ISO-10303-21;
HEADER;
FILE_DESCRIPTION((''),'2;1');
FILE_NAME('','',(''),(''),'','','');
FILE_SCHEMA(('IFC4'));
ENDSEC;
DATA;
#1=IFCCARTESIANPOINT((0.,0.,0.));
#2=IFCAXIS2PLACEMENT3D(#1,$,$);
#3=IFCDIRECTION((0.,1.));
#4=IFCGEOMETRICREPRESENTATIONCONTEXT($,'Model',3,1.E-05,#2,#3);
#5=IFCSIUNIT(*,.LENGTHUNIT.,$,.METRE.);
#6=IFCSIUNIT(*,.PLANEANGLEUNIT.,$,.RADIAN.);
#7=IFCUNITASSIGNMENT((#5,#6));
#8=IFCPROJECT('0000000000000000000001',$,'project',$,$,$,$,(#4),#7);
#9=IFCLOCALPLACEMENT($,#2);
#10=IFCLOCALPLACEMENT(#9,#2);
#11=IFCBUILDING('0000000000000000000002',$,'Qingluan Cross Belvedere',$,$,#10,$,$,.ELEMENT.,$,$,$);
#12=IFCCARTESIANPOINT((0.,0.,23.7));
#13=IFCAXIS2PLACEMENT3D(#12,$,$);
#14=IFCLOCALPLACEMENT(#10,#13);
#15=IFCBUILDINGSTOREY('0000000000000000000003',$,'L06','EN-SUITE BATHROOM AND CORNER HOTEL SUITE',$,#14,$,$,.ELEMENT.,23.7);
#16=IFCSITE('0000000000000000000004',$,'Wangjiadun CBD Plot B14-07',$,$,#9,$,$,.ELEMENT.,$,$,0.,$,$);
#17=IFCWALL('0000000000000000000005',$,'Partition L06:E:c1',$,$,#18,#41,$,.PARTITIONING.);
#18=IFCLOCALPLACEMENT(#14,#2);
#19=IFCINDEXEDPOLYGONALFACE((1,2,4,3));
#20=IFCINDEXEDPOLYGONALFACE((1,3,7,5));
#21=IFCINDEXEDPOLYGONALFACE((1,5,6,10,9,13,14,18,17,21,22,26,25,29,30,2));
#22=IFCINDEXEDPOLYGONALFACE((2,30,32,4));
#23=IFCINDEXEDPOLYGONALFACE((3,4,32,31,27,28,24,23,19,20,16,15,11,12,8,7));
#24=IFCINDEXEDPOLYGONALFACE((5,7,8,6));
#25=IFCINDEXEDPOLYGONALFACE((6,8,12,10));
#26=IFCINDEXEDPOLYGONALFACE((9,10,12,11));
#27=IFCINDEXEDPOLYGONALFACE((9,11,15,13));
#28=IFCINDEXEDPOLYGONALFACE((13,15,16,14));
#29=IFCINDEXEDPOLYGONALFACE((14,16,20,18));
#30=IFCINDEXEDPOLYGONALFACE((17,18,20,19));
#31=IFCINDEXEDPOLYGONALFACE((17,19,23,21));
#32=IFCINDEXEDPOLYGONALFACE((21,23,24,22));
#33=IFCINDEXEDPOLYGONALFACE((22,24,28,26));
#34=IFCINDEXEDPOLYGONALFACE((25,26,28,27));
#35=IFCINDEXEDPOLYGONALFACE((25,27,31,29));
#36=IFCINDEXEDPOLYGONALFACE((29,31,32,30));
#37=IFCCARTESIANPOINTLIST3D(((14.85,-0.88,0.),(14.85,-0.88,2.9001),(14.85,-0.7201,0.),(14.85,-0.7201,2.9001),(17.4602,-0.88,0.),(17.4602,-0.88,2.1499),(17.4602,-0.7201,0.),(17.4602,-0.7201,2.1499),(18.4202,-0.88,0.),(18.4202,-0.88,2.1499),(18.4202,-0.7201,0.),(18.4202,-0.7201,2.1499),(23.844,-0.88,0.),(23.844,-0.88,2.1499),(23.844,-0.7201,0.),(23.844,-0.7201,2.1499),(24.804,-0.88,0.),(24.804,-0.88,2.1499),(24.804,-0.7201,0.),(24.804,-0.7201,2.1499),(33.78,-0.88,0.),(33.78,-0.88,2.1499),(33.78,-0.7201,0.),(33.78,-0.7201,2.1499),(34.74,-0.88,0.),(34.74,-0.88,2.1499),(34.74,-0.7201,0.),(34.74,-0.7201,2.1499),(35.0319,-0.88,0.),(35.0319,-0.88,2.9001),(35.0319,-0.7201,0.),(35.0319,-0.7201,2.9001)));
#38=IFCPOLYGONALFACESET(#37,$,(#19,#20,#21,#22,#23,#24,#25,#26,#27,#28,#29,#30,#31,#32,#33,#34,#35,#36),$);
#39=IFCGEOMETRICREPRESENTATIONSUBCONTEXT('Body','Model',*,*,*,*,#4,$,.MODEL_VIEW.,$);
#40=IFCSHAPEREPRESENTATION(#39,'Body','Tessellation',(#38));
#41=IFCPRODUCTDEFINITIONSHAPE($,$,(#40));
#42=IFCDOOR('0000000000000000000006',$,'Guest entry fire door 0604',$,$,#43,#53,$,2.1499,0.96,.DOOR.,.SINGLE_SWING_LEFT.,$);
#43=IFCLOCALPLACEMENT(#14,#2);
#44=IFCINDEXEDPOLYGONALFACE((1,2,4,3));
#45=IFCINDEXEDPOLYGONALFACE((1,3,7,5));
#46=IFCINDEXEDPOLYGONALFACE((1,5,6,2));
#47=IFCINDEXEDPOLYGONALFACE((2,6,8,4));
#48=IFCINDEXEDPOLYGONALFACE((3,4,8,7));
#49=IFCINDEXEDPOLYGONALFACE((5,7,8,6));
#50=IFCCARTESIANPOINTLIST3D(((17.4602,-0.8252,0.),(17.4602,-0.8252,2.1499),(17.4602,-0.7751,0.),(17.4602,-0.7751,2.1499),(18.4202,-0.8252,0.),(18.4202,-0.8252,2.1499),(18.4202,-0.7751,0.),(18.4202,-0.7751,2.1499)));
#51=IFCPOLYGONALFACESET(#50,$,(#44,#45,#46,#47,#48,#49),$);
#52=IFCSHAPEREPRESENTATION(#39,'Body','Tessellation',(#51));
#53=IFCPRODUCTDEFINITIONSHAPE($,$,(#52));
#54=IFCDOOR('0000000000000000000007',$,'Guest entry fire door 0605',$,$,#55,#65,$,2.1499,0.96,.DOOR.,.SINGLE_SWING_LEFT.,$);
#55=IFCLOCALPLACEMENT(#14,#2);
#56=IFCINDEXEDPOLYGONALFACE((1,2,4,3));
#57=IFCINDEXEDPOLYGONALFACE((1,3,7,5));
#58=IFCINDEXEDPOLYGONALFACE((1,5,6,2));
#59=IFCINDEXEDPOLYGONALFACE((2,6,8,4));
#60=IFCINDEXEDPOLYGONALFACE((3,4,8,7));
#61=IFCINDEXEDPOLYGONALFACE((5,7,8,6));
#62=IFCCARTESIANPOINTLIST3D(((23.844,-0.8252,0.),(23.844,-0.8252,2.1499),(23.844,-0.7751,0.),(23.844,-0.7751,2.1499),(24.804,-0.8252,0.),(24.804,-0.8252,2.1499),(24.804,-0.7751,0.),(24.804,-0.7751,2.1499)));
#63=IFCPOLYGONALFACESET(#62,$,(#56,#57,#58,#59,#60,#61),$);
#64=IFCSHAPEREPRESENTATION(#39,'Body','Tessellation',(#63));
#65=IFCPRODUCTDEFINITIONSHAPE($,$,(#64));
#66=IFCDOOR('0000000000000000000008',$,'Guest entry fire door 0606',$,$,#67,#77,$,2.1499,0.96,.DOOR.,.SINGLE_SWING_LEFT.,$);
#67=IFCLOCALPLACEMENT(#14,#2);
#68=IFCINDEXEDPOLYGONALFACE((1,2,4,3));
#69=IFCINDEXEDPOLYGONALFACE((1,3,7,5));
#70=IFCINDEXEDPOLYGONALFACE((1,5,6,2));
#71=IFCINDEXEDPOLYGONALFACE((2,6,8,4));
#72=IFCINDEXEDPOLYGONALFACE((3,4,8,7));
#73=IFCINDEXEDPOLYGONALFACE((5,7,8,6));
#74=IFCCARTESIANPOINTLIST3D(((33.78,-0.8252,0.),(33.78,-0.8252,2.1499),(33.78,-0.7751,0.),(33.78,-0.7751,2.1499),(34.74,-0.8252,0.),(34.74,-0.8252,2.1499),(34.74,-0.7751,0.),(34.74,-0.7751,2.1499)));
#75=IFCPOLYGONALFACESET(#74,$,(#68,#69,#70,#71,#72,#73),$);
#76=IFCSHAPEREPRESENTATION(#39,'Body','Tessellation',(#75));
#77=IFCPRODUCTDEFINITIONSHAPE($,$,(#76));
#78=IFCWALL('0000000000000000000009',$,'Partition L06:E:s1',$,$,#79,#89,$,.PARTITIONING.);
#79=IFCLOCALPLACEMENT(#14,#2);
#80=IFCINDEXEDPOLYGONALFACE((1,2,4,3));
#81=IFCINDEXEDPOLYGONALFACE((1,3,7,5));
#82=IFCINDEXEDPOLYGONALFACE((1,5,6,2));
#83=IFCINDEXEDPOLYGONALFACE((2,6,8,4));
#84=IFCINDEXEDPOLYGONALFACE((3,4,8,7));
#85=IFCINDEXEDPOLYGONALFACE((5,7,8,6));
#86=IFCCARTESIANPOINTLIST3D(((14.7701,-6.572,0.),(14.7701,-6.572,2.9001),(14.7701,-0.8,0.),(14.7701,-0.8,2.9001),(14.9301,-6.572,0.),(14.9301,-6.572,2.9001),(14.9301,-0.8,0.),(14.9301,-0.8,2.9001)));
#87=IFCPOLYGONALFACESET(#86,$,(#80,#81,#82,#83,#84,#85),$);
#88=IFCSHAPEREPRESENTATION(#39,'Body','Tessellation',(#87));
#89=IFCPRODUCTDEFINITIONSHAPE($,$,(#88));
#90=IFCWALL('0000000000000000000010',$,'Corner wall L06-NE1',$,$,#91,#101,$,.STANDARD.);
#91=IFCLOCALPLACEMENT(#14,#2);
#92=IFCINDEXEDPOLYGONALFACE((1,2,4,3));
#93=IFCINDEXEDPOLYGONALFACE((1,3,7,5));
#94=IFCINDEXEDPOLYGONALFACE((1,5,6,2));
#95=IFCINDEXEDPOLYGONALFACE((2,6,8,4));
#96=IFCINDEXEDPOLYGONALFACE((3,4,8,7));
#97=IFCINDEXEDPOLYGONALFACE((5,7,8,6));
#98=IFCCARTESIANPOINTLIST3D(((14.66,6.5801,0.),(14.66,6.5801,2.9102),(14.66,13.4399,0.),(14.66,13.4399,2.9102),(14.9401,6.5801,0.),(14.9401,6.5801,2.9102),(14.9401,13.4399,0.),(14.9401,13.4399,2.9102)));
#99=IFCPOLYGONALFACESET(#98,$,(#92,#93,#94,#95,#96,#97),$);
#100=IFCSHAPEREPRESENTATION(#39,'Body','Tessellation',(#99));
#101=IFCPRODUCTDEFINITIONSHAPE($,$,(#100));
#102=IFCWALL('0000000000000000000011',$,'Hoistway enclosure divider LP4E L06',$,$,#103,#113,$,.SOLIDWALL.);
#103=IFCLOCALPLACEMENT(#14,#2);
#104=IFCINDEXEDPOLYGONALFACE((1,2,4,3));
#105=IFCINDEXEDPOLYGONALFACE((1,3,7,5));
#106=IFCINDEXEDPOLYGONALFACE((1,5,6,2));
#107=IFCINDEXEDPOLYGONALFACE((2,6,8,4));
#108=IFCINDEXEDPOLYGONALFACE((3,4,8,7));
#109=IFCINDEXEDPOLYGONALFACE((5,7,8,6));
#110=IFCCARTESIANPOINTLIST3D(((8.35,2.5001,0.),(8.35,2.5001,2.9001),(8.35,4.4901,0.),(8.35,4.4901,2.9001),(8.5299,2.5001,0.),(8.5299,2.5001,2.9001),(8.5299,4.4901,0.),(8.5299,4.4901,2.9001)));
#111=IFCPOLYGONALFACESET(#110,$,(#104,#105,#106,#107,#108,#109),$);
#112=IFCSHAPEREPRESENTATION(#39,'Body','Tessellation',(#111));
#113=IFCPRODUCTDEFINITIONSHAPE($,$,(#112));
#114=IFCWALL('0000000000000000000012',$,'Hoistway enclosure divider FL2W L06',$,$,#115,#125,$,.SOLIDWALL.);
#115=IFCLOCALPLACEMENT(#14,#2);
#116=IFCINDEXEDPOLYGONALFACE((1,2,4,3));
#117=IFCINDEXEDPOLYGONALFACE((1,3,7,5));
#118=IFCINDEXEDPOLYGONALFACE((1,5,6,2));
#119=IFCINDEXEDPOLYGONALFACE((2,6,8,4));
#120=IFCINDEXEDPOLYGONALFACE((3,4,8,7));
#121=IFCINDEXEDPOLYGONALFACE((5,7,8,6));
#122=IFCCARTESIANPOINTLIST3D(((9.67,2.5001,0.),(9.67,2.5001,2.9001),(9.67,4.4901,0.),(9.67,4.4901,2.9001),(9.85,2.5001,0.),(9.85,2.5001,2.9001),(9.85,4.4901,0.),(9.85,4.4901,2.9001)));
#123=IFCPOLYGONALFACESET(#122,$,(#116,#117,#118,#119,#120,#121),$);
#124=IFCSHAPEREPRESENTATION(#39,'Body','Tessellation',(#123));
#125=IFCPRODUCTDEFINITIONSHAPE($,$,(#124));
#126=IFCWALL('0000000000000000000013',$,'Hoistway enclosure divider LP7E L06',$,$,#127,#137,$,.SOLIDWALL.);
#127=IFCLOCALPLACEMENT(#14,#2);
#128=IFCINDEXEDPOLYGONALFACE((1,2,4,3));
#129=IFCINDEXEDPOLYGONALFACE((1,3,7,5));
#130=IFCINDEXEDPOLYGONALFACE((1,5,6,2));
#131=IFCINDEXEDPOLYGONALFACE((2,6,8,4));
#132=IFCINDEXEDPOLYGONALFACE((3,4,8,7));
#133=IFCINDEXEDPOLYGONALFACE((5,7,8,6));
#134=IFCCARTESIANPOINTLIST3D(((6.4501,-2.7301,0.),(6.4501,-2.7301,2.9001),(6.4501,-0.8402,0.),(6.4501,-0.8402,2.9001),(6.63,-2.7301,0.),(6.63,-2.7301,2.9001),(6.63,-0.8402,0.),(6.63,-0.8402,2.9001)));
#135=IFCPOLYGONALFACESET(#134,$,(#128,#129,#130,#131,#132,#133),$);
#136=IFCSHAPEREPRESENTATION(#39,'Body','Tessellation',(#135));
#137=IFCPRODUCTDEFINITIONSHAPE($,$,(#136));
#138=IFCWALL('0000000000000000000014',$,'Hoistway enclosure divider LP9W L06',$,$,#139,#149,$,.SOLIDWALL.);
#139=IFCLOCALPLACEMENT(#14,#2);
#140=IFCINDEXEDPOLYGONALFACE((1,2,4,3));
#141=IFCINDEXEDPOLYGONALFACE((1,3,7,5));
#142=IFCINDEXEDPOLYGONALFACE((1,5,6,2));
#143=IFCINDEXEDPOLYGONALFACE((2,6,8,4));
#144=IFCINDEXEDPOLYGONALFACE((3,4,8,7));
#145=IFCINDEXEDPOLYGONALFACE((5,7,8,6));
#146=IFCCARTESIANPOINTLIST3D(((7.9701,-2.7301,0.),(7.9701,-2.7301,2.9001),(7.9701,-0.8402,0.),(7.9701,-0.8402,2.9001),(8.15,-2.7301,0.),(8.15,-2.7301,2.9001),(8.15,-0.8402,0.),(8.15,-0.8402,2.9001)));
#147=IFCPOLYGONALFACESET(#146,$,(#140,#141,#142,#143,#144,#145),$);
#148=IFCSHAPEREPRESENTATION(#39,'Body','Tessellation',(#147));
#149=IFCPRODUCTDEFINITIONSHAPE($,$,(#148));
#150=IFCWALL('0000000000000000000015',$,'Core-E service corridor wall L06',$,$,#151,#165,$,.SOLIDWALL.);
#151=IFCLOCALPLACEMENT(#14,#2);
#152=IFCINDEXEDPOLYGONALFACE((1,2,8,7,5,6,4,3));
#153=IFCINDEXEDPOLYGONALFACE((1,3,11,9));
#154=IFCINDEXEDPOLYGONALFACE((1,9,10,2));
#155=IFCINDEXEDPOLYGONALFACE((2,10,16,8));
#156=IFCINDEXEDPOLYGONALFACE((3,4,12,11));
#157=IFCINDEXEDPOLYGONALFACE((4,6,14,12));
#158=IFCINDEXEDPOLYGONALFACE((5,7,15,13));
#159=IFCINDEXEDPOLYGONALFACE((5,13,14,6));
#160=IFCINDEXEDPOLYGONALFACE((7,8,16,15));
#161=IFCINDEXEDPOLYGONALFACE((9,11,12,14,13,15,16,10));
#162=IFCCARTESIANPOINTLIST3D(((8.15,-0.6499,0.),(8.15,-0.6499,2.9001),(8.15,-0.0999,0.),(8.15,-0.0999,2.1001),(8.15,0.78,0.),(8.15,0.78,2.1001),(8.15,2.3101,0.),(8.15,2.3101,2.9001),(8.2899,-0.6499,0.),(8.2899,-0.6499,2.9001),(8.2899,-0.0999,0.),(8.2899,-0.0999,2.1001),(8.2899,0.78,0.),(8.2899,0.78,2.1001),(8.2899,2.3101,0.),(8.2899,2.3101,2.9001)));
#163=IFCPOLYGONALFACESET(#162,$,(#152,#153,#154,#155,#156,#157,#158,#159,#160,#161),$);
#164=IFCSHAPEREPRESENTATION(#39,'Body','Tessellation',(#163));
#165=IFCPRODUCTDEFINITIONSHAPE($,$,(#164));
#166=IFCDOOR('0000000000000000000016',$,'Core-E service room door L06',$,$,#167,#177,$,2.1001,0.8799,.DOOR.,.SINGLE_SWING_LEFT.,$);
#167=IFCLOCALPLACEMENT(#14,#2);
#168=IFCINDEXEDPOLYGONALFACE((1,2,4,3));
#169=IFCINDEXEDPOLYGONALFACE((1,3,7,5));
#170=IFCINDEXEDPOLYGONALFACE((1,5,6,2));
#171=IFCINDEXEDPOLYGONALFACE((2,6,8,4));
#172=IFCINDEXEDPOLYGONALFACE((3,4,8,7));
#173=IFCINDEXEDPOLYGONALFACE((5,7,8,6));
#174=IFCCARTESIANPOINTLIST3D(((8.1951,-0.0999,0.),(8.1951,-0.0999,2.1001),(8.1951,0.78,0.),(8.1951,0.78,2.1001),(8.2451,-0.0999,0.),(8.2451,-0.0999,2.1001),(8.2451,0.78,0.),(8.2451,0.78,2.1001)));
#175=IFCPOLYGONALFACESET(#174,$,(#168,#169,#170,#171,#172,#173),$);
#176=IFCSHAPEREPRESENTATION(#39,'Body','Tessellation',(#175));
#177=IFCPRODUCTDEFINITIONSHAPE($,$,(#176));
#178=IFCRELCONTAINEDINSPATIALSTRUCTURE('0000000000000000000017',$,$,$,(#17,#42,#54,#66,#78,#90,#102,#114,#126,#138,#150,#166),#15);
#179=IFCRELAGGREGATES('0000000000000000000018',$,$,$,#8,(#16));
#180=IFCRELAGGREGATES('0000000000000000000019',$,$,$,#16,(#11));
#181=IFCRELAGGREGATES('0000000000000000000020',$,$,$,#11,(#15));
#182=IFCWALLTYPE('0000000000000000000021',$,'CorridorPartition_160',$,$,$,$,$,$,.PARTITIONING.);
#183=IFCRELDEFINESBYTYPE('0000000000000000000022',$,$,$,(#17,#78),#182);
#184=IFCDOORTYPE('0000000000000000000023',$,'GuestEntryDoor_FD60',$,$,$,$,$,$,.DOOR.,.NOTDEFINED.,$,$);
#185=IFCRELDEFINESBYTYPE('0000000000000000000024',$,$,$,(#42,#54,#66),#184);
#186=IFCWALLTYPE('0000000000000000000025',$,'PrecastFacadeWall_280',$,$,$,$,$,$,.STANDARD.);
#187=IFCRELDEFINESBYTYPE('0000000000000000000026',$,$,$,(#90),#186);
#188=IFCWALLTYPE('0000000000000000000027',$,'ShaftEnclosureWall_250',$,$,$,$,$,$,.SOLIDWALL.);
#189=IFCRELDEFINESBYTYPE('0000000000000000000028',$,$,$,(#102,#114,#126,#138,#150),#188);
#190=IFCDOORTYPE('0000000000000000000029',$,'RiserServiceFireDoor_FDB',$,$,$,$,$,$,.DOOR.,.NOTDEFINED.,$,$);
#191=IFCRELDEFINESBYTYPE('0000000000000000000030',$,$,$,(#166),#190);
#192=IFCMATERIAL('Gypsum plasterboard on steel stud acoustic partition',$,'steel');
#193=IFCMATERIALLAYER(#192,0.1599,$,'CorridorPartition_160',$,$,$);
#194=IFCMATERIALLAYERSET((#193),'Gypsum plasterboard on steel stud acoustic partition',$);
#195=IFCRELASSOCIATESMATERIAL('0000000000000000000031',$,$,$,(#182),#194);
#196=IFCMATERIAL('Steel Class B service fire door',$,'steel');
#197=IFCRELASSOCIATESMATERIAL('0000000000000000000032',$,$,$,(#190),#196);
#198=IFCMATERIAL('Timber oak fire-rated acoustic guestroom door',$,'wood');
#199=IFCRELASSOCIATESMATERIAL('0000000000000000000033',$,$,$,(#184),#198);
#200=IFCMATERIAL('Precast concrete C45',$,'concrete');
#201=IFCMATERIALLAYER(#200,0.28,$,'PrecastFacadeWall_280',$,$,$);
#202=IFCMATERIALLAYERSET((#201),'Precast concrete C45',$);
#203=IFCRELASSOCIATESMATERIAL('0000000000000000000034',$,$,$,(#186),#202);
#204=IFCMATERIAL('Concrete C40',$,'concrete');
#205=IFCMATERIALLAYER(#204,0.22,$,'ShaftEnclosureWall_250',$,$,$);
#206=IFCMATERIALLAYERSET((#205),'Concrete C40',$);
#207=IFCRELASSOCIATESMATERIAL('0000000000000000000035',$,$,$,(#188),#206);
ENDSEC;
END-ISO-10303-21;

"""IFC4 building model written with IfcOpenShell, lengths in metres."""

from ifc_helpers import new_model, si_unit, direction, frame, frame_2d, origin, place, context, subcontext, project, spatial, rectangle, extrude, material, layer, layer_set, type_object, element, fill, save


model = new_model("IFC4")

# Units and contexts
model_context = context("Model", 3, precision=1e-05, world=origin(), true_north=direction((0.0, 1.0)))
body_context = subcontext(model_context, "Body", "Model", "MODEL_VIEW")
ifc_project = project(units=[si_unit("LENGTHUNIT", "METRE"), si_unit("PLANEANGLEUNIT", "RADIAN")], contexts=[model_context])

# Site, building, storey
site_placement = place(None, origin())
site = spatial("IfcSite", under=ifc_project, at=site_placement, Name="Wangjiadun CBD Plot B14-07", CompositionType="ELEMENT", RefElevation=0.0)
building_placement = place(site_placement, origin())
building = spatial("IfcBuilding", under=site, at=building_placement, Name="Qingluan Cross Belvedere", CompositionType="ELEMENT")
storey_placement = place(building_placement, frame((0.0, 0.0, 23.7)))
storey = spatial("IfcBuildingStorey", under=building, at=storey_placement, Name="L06", Description="EN-SUITE BATHROOM AND CORNER HOTEL SUITE", CompositionType="ELEMENT", Elevation=23.7)

# Shared definitions
ifc_material_1 = material(Name="Gypsum plasterboard on steel stud acoustic partition", Category="steel")
ifc_layer_1 = layer(ifc_material_1, 0.1599, Name="CorridorPartition_160")
ifc_layer_set_1 = layer_set([ifc_layer_1], Name="Gypsum plasterboard on steel stud acoustic partition")
wall_type_1 = type_object("IfcWallType", Name="CorridorPartition_160", PredefinedType="PARTITIONING", material=ifc_layer_set_1)
ifc_material_2 = material(Name="Steel Class B service fire door", Category="steel")
door_type_1 = type_object("IfcDoorType", Name="RiserServiceFireDoor_FDB", OperationType="NOTDEFINED", PredefinedType="DOOR", material=ifc_material_2)

# Wall, openings, doors
wall_1_placement = place(storey_placement, frame((14.8501, -0.8, 0.0), z_axis=(0.0, 0.0, 1.0), x_axis=(1.0, 0.0, 0.0)))
wall_1 = element("IfcWall", 1, at=wall_1_placement, inside=storey, type_object=wall_type_1, Name="Partition L06:E:c1", PredefinedType="PARTITIONING", context=body_context, shape_type="SweptSolid", body=[
    extrude(rectangle(XDim=20.1819, YDim=0.1599, at=frame_2d((10.0908, 0.0))), origin(), (0.0, 0.0, 1.0), 2.9001),
])
opening_1_placement = place(wall_1_placement, frame((2.6101, 0.0, 0.0)))
opening_1 = element("IfcOpeningElement", 2, at=opening_1_placement, cuts=wall_1, PredefinedType="OPENING", context=body_context, shape_type="SweptSolid", body=[
    extrude(rectangle(XDim=0.96, YDim=2.1499, at=frame_2d((0.48, 1.075))), frame((0.0, 0.0898, 0.0), z_axis=(0.0, -1.0, 0.0), x_axis=(1.0, 0.0, 0.0)), (0.0, 0.0, 1.0), 0.1799),
])
opening_2_placement = place(wall_1_placement, frame((8.9939, 0.0, 0.0)))
opening_2 = element("IfcOpeningElement", 3, at=opening_2_placement, cuts=wall_1, PredefinedType="OPENING", context=body_context, shape_type="SweptSolid", body=[
    extrude(rectangle(XDim=0.96, YDim=2.1499, at=frame_2d((0.48, 1.075))), frame((0.0, 0.0898, 0.0), z_axis=(0.0, -1.0, 0.0), x_axis=(1.0, 0.0, 0.0)), (0.0, 0.0, 1.0), 0.1799),
])
opening_3_placement = place(wall_1_placement, frame((18.9299, 0.0, 0.0)))
opening_3 = element("IfcOpeningElement", 4, at=opening_3_placement, cuts=wall_1, PredefinedType="OPENING", context=body_context, shape_type="SweptSolid", body=[
    extrude(rectangle(XDim=0.96, YDim=2.1499, at=frame_2d((0.48, 1.075))), frame((0.0, 0.0898, 0.0), z_axis=(0.0, -1.0, 0.0), x_axis=(1.0, 0.0, 0.0)), (0.0, 0.0, 1.0), 0.1799),
])
ifc_material_3 = material(Name="Timber oak fire-rated acoustic guestroom door", Category="wood")
door_type_2 = type_object("IfcDoorType", Name="GuestEntryDoor_FD60", OperationType="NOTDEFINED", PredefinedType="DOOR", material=ifc_material_3)
door_1_placement = place(opening_1_placement, origin())
door_1 = element("IfcDoor", 5, at=door_1_placement, inside=storey, type_object=door_type_2, Name="Guest entry fire door 0604", OperationType="SINGLE_SWING_LEFT", OverallHeight=2.1499, OverallWidth=0.96, PredefinedType="DOOR", context=body_context, shape_type="SweptSolid", body=[
    extrude(rectangle(XDim=0.96, YDim=2.1499, at=frame_2d((0.48, 1.075))), frame((0.0, 0.0249, 0.0), z_axis=(0.0, -1.0, 0.0), x_axis=(1.0, 0.0, 0.0)), (0.0, 0.0, 1.0), 0.05),
])
fill(opening_1, door_1)
door_2_placement = place(opening_2_placement, origin())
door_2 = element("IfcDoor", 6, at=door_2_placement, inside=storey, type_object=door_type_2, Name="Guest entry fire door 0605", OperationType="SINGLE_SWING_LEFT", OverallHeight=2.1499, OverallWidth=0.96, PredefinedType="DOOR", context=body_context, shape_type="SweptSolid", body=[
    extrude(rectangle(XDim=0.96, YDim=2.1499, at=frame_2d((0.48, 1.075))), frame((0.0, 0.0249, 0.0), z_axis=(0.0, -1.0, 0.0), x_axis=(1.0, 0.0, 0.0)), (0.0, 0.0, 1.0), 0.05),
])
fill(opening_2, door_2)
door_3_placement = place(opening_3_placement, origin())
door_3 = element("IfcDoor", 7, at=door_3_placement, inside=storey, type_object=door_type_2, Name="Guest entry fire door 0606", OperationType="SINGLE_SWING_LEFT", OverallHeight=2.1499, OverallWidth=0.96, PredefinedType="DOOR", context=body_context, shape_type="SweptSolid", body=[
    extrude(rectangle(XDim=0.96, YDim=2.1499, at=frame_2d((0.48, 1.075))), frame((0.0, 0.0249, 0.0), z_axis=(0.0, -1.0, 0.0), x_axis=(1.0, 0.0, 0.0)), (0.0, 0.0, 1.0), 0.05),
])
fill(opening_3, door_3)

# Walls
wall_2_placement = place(storey_placement, frame((14.8501, -0.8, 0.0), z_axis=(0.0, 0.0, 1.0), x_axis=(0.0, -1.0, 0.0)))
element("IfcWall", 8, at=wall_2_placement, inside=storey, type_object=wall_type_1, Name="Partition L06:E:s1", PredefinedType="PARTITIONING", context=body_context, shape_type="SweptSolid", body=[
    extrude(rectangle(XDim=5.772, YDim=0.1599, at=frame_2d((2.886, 0.0))), origin(), (0.0, 0.0, 1.0), 2.9001),
])
ifc_material_4 = material(Name="Precast concrete C45", Category="concrete")
ifc_layer_2 = layer(ifc_material_4, 0.28, Name="PrecastFacadeWall_280")
ifc_layer_set_2 = layer_set([ifc_layer_2], Name="Precast concrete C45")
wall_type_2 = type_object("IfcWallType", Name="PrecastFacadeWall_280", PredefinedType="STANDARD", material=ifc_layer_set_2)
wall_3_placement = place(storey_placement, frame((14.8, 6.5801, 0.0), z_axis=(0.0, 0.0, 1.0), x_axis=(0.0, 1.0, 0.0)))
element("IfcWall", 9, at=wall_3_placement, inside=storey, type_object=wall_type_2, Name="Corner wall L06-NE1", PredefinedType="STANDARD", context=body_context, shape_type="SweptSolid", body=[
    extrude(rectangle(XDim=6.8599, YDim=0.28, at=frame_2d((3.4299, 0.0))), origin(), (0.0, 0.0, 1.0), 2.9102),
])

# Shared definitions
ifc_material_5 = material(Name="Concrete C40", Category="concrete")
ifc_layer_3 = layer(ifc_material_5, 0.22, Name="ShaftEnclosureWall_250")
ifc_layer_set_3 = layer_set([ifc_layer_3], Name="Concrete C40")
wall_type_3 = type_object("IfcWallType", Name="ShaftEnclosureWall_250", PredefinedType="SOLIDWALL", material=ifc_layer_set_3)

# Walls
for number, where, z_axis, x_axis, name in (
    (10, (8.4399, 2.5, 0.0), (0.0, 0.0, 1.0), (0.0, 1.0, 0.0), "Hoistway enclosure divider LP4E L06"),
    (11, (9.76, 2.5, 0.0), (0.0, 0.0, 1.0), (0.0, 1.0, 0.0), "Hoistway enclosure divider FL2W L06"),
):
    element("IfcWall", number, at=place(storey_placement, frame(where, z_axis=z_axis, x_axis=x_axis)), inside=storey, type_object=wall_type_3, Name=name, PredefinedType="SOLIDWALL", context=body_context, shape_type="SweptSolid", body=[
        extrude(rectangle(XDim=1.99, YDim=0.1799, at=frame_2d((0.9951, 0.0))), origin(), (0.0, 0.0, 1.0), 2.9001),
    ])
for number, where, z_axis, x_axis, name in (
    (12, (6.54, -2.73, 0.0), (0.0, 0.0, 1.0), (0.0, 1.0, 0.0), "Hoistway enclosure divider LP7E L06"),
    (13, (8.0601, -2.73, 0.0), (0.0, 0.0, 1.0), (0.0, 1.0, 0.0), "Hoistway enclosure divider LP9W L06"),
):
    element("IfcWall", number, at=place(storey_placement, frame(where, z_axis=z_axis, x_axis=x_axis)), inside=storey, type_object=wall_type_3, Name=name, PredefinedType="SOLIDWALL", context=body_context, shape_type="SweptSolid", body=[
        extrude(rectangle(XDim=1.8899, YDim=0.1799, at=frame_2d((0.9448, 0.0))), origin(), (0.0, 0.0, 1.0), 2.9001),
    ])

# Wall, opening, door
wall_4_placement = place(storey_placement, frame((8.22, -0.6499, 0.0), z_axis=(0.0, 0.0, 1.0), x_axis=(0.0, 1.0, 0.0)))
wall_4 = element("IfcWall", 14, at=wall_4_placement, inside=storey, type_object=wall_type_3, Name="Core-E service corridor wall L06", PredefinedType="SOLIDWALL", context=body_context, shape_type="SweptSolid", body=[
    extrude(rectangle(XDim=2.96, YDim=0.1399, at=frame_2d((1.48, 0.0))), origin(), (0.0, 0.0, 1.0), 2.9001),
])
opening_4_placement = place(wall_4_placement, frame((0.55, 0.0, 0.0)))
opening_4 = element("IfcOpeningElement", 15, at=opening_4_placement, cuts=wall_4, PredefinedType="OPENING", context=body_context, shape_type="SweptSolid", body=[
    extrude(rectangle(XDim=0.8799, YDim=2.1001, at=frame_2d((0.4399, 1.05))), frame((0.0, 0.0798, 0.0), z_axis=(0.0, -1.0, 0.0), x_axis=(1.0, 0.0, 0.0)), (0.0, 0.0, 1.0), 0.1599),
])
door_4_placement = place(opening_4_placement, origin())
door_4 = element("IfcDoor", 16, at=door_4_placement, inside=storey, type_object=door_type_1, Name="Core-E service room door L06", OperationType="SINGLE_SWING_LEFT", OverallHeight=2.1001, OverallWidth=0.8799, PredefinedType="DOOR", context=body_context, shape_type="SweptSolid", body=[
    extrude(rectangle(XDim=0.8799, YDim=2.1001, at=frame_2d((0.4399, 1.05))), frame((0.0, 0.0249, 0.0), z_axis=(0.0, -1.0, 0.0), x_axis=(1.0, 0.0, 0.0)), (0.0, 0.0, 1.0), 0.05),
])
fill(opening_4, door_4)

save(model, "model.ifc")
